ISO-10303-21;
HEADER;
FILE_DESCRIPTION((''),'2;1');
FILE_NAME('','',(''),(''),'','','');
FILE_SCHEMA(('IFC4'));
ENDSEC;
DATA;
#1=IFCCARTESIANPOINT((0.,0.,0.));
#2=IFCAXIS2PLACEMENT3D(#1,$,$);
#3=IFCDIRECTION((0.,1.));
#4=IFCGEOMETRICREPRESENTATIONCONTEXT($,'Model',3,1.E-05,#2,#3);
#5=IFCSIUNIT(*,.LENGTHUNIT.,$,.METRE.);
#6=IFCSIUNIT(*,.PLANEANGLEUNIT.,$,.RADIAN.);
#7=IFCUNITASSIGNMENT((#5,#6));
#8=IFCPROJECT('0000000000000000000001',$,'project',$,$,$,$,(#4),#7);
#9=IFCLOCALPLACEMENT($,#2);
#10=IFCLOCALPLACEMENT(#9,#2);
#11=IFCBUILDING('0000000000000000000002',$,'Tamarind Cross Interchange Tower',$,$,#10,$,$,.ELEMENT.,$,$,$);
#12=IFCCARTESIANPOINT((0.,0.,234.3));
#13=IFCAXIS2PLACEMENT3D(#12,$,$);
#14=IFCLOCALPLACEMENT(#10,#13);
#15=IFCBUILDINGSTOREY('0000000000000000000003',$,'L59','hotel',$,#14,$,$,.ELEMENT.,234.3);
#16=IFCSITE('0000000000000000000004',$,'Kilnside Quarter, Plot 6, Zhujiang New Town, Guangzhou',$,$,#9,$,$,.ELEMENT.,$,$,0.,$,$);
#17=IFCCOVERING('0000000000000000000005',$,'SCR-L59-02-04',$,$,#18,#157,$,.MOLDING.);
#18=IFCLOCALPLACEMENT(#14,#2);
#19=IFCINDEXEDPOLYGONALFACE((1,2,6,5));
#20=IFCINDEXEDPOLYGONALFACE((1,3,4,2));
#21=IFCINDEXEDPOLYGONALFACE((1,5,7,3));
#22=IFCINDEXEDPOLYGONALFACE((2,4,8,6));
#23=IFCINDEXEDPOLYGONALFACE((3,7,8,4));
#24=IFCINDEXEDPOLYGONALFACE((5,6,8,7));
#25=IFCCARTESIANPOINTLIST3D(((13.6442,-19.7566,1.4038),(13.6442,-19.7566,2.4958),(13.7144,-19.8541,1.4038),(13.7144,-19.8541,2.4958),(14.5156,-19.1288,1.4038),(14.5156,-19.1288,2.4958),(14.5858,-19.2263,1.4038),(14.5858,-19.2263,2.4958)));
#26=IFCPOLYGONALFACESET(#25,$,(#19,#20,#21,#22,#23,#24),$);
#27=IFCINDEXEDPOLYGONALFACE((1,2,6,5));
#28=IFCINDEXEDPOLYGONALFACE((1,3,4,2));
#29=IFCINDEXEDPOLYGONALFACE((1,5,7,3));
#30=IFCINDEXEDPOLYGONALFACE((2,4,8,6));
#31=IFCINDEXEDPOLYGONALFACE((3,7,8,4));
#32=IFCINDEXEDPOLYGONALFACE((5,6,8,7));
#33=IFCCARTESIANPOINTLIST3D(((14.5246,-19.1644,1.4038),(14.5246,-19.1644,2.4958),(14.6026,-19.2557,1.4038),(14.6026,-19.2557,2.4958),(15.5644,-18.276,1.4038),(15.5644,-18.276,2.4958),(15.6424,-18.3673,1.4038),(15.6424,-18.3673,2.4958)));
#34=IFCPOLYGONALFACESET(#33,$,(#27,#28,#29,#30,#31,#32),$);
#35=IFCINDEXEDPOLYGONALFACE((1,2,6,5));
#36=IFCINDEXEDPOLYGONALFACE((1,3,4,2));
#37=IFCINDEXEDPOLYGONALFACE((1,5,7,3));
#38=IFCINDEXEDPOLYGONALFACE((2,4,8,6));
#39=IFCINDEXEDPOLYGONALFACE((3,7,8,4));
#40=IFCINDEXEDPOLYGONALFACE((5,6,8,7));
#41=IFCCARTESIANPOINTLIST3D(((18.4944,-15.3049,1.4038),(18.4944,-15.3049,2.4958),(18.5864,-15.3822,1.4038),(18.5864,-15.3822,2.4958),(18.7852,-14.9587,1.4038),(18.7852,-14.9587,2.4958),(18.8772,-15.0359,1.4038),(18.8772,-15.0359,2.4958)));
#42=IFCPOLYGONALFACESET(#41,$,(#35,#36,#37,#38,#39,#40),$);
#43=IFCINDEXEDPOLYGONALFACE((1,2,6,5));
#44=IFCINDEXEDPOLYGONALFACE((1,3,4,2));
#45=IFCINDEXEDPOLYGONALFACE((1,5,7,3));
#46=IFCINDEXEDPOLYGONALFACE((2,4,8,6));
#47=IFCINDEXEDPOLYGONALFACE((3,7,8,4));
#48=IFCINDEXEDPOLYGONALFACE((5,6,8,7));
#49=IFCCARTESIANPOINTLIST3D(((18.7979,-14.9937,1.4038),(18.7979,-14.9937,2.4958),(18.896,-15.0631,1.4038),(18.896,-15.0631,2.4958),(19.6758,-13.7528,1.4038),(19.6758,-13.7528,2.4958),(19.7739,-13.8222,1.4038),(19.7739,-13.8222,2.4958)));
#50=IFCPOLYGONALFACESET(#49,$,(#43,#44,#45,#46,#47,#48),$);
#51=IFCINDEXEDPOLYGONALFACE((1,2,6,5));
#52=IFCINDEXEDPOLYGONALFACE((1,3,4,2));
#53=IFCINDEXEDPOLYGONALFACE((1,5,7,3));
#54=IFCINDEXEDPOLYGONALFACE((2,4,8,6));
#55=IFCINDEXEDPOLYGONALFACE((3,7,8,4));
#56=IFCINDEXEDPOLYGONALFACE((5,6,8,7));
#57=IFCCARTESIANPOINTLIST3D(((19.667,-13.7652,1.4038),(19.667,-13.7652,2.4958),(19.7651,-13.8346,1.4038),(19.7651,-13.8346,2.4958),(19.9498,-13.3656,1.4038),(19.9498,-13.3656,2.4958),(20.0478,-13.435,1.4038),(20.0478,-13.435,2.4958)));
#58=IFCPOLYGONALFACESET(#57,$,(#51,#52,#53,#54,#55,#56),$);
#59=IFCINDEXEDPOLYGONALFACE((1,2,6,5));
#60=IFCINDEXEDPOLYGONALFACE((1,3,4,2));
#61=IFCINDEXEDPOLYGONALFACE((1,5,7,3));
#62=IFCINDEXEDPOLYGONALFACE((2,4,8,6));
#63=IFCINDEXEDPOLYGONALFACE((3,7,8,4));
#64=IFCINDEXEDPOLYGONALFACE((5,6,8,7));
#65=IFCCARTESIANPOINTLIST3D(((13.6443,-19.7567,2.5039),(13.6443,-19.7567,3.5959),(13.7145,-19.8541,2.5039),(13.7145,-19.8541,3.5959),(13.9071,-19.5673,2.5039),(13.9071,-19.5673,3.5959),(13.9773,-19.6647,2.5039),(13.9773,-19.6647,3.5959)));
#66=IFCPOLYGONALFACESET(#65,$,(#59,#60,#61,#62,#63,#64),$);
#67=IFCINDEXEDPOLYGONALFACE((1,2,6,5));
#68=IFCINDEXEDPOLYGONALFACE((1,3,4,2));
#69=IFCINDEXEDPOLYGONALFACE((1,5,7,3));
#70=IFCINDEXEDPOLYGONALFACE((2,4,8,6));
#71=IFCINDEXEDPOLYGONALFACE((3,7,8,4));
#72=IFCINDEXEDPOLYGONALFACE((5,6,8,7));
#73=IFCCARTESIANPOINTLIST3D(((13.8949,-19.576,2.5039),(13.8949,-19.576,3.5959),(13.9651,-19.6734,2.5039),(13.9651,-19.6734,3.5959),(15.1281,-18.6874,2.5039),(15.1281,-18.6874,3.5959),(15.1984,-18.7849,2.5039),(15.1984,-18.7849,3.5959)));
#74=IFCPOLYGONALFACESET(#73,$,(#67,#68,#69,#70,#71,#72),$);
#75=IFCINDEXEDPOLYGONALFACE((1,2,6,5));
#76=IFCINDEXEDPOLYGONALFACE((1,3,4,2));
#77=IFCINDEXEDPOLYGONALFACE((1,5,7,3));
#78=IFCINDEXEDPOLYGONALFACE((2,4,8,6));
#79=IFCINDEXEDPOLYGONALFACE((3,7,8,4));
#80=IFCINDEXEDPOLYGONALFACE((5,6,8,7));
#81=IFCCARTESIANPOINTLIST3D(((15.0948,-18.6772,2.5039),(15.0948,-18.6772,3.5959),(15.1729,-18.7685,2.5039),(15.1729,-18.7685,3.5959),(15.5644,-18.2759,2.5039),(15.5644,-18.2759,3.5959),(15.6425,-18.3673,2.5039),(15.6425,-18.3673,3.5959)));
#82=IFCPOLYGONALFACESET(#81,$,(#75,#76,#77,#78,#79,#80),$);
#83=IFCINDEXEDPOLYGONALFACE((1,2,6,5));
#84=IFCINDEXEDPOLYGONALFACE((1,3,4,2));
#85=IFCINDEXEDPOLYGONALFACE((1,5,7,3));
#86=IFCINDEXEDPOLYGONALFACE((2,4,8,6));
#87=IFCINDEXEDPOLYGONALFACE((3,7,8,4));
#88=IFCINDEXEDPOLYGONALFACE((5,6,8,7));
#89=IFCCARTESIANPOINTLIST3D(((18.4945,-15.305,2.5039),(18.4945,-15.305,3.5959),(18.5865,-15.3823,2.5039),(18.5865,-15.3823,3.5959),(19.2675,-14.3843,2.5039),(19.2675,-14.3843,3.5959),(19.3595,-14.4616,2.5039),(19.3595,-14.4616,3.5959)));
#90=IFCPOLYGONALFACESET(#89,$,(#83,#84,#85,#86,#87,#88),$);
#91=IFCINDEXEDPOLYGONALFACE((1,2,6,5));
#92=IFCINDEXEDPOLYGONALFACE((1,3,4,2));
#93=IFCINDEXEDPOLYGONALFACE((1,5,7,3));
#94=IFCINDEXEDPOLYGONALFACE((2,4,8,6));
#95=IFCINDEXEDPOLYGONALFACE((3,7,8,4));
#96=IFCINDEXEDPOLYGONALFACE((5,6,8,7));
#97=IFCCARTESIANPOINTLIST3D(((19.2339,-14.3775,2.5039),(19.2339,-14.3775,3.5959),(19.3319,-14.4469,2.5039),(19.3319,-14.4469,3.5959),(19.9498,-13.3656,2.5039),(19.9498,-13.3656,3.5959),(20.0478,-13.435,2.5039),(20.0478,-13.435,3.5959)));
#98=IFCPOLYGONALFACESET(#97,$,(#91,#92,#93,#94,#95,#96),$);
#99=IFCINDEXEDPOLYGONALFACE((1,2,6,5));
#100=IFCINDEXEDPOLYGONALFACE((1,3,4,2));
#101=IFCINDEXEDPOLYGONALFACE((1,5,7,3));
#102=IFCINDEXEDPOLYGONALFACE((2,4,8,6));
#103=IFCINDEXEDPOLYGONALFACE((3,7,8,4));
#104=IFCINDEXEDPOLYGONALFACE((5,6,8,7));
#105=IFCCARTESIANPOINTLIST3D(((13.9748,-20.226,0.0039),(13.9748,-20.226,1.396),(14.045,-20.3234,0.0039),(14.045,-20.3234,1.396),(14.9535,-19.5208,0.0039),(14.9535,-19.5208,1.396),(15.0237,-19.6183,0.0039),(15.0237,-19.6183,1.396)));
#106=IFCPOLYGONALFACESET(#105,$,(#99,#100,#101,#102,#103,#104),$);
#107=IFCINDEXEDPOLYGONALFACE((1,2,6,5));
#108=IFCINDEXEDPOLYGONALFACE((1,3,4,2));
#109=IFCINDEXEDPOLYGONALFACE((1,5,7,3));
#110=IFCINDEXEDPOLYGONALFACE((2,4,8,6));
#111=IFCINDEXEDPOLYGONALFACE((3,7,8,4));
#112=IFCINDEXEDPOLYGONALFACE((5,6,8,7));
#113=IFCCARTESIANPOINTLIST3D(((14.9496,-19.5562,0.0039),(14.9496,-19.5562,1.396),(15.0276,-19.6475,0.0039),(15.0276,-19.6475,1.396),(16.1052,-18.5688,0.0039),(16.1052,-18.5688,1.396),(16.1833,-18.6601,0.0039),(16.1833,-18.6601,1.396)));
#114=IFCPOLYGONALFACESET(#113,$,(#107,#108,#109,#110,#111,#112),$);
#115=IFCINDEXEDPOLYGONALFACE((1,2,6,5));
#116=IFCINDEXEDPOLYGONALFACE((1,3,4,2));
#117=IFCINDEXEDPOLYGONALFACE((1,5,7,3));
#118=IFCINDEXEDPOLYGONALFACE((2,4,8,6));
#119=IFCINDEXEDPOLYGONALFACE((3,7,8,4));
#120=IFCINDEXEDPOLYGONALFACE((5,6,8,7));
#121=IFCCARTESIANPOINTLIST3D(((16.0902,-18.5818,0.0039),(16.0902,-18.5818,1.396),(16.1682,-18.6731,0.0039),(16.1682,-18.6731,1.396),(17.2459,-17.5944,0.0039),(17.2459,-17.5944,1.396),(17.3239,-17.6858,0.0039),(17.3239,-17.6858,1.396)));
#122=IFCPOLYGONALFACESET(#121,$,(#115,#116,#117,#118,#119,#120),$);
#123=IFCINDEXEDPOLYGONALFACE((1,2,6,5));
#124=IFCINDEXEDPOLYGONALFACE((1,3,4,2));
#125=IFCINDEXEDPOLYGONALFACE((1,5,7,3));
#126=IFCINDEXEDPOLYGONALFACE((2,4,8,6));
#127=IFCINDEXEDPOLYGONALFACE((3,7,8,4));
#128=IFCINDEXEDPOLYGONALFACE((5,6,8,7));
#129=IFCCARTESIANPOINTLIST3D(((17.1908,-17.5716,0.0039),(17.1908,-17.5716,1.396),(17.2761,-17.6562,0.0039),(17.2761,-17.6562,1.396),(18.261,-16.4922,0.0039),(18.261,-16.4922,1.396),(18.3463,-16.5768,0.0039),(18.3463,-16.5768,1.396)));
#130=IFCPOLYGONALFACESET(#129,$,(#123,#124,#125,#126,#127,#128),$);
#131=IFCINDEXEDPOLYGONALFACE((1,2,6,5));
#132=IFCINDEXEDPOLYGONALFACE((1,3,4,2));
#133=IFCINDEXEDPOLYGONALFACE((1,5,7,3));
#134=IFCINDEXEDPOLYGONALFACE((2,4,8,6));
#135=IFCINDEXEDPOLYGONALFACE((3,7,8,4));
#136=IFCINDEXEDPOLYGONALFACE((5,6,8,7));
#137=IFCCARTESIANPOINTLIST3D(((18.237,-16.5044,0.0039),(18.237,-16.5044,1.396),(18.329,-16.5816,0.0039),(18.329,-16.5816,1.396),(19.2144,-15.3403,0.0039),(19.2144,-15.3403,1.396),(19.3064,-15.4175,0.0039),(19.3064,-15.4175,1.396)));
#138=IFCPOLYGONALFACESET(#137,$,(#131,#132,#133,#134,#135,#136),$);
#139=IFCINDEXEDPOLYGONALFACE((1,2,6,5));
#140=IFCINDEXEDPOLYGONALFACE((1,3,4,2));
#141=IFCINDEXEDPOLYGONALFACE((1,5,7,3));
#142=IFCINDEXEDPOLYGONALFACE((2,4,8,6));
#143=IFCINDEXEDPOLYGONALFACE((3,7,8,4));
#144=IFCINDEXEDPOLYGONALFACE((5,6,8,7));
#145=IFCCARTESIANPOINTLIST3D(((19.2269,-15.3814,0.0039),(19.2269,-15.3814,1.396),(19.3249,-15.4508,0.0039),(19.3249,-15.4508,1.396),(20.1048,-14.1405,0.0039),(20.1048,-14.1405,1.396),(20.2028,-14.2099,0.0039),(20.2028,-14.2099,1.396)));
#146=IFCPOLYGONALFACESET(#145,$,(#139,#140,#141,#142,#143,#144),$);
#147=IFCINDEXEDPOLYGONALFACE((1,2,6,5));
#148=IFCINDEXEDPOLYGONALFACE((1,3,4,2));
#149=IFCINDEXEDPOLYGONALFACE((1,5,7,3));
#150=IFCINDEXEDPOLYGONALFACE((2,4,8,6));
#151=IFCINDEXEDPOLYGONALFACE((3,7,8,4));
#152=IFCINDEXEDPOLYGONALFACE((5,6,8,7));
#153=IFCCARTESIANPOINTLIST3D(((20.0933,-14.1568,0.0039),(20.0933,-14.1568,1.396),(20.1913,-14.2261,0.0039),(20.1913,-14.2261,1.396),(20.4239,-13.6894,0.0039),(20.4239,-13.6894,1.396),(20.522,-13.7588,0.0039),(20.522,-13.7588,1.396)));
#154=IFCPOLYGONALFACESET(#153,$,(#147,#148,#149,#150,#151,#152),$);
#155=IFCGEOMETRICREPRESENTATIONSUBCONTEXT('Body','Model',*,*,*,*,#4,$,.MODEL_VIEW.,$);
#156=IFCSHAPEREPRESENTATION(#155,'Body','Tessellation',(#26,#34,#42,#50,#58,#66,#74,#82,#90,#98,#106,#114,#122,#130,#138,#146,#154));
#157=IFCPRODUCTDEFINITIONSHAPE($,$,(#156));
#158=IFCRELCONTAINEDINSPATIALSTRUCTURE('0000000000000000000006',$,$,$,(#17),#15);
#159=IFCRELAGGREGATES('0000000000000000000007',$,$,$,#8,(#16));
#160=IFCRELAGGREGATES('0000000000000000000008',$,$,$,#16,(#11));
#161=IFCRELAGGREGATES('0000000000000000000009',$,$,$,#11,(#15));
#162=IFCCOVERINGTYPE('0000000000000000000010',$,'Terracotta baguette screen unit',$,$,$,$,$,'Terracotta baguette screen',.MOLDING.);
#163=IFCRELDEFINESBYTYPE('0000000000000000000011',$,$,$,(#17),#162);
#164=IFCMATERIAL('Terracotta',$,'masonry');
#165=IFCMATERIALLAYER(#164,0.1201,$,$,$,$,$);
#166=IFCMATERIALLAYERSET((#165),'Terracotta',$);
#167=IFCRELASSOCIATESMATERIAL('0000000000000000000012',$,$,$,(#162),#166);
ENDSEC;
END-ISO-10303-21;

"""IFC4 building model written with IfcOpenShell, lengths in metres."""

from ifc_helpers import new_model, si_unit, direction, frame, origin, origin_2d, place, context, subcontext, project, spatial, rectangle, extrude, material, layer, layer_set, type_object, element, save


model = new_model("IFC4")

# Units and contexts
model_context = context("Model", 3, precision=1e-05, world=origin(), true_north=direction((0.0, 1.0)))
body_context = subcontext(model_context, "Body", "Model", "MODEL_VIEW")
ifc_project = project(units=[si_unit("LENGTHUNIT", "METRE"), si_unit("PLANEANGLEUNIT", "RADIAN")], contexts=[model_context])

# Site, building, storey
site_placement = place(None, origin())
site = spatial("IfcSite", under=ifc_project, at=site_placement, Name="Kilnside Quarter, Plot 6, Zhujiang New Town, Guangzhou", CompositionType="ELEMENT", RefElevation=0.0)
building_placement = place(site_placement, origin())
building = spatial("IfcBuilding", under=site, at=building_placement, Name="Tamarind Cross Interchange Tower", CompositionType="ELEMENT")
storey_placement = place(building_placement, frame((0.0, 0.0, 234.3)))
storey = spatial("IfcBuildingStorey", under=building, at=storey_placement, Name="L59", Description="hotel", CompositionType="ELEMENT", Elevation=234.3)

# Covering
ifc_material_1 = material(Name="Terracotta", Category="masonry")
ifc_layer_1 = layer(ifc_material_1, 0.1201)
ifc_layer_set_1 = layer_set([ifc_layer_1], Name="Terracotta")
covering_type = type_object("IfcCoveringType", Name="Terracotta baguette screen unit", ElementType="Terracotta baguette screen", PredefinedType="MOLDING", material=ifc_layer_set_1)
covering_1_placement = place(storey_placement, origin())
element("IfcCovering", 1, at=covering_1_placement, inside=storey, type_object=covering_type, Name="SCR-L59-02-04", PredefinedType="MOLDING", context=body_context, shape_type="SweptSolid", body=[
    extrude(rectangle(XDim=1.074, YDim=0.1201, at=origin_2d()), frame((14.115, -19.4915, 1.4038), z_axis=(0.0, 0.0, 1.0), x_axis=(0.81134, 0.584574, 0.0)), (0.0, 0.0, 1.0), 1.092),
    extrude(rectangle(XDim=1.3677, YDim=0.1201, at=origin_2d()), frame((15.0835, -18.7659, 1.4038), z_axis=(0.0, 0.0, 1.0), x_axis=(0.760296, 0.649577, 0.0)), (0.0, 0.0, 1.0), 1.092),
    extrude(rectangle(XDim=0.4521, YDim=0.1201, at=origin_2d()), frame((18.6858, -15.1704, 1.4038), z_axis=(0.0, 0.0, 1.0), x_axis=(0.643009, 0.765858, 0.0)), (0.0, 0.0, 1.0), 1.092),
    extrude(rectangle(XDim=1.52, YDim=0.1201, at=origin_2d()), frame((19.2859, -14.408, 1.4038), z_axis=(0.0, 0.0, 1.0), x_axis=(0.577569, 0.816342, 0.0)), (0.0, 0.0, 1.0), 1.092),
    extrude(rectangle(XDim=0.4895, YDim=0.1201, at=origin_2d()), frame((19.8574, -13.6001, 1.4038), z_axis=(0.0, 0.0, 1.0), x_axis=(0.577569, 0.816342, 0.0)), (0.0, 0.0, 1.0), 1.092),
    extrude(rectangle(XDim=0.324, YDim=0.1201, at=origin_2d()), frame((13.8108, -19.7107, 2.5039), z_axis=(0.0, 0.0, 1.0), x_axis=(0.81134, 0.584574, 0.0)), (0.0, 0.0, 1.0), 1.092),
    extrude(rectangle(XDim=1.52, YDim=0.1201, at=origin_2d()), frame((14.5466, -19.1804, 2.5039), z_axis=(0.0, 0.0, 1.0), x_axis=(0.81134, 0.584574, 0.0)), (0.0, 0.0, 1.0), 1.092),
    extrude(rectangle(XDim=0.6177, YDim=0.1201, at=origin_2d()), frame((15.3687, -18.5222, 2.5039), z_axis=(0.0, 0.0, 1.0), x_axis=(0.760296, 0.649577, 0.0)), (0.0, 0.0, 1.0), 1.092),
    extrude(rectangle(XDim=1.2021, YDim=0.1201, at=origin_2d()), frame((18.927, -14.8833, 2.5039), z_axis=(0.0, 0.0, 1.0), x_axis=(0.643009, 0.765858, 0.0)), (0.0, 0.0, 1.0), 1.092),
    extrude(rectangle(XDim=1.2395, YDim=0.1201, at=origin_2d()), frame((19.6409, -13.9062, 2.5039), z_axis=(0.0, 0.0, 1.0), x_axis=(0.577569, 0.816342, 0.0)), (0.0, 0.0, 1.0), 1.092),
    extrude(rectangle(XDim=1.2063, YDim=0.1201, at=origin_2d()), frame((14.4993, -19.9221, 0.0039), z_axis=(0.0, 0.0, 1.0), x_axis=(0.81134, 0.584574, 0.0)), (0.0, 0.0, 1.0), 1.3921),
    extrude(rectangle(XDim=1.52, YDim=0.1201, at=origin_2d()), frame((15.5664, -19.1082, 0.0039), z_axis=(0.0, 0.0, 1.0), x_axis=(0.760296, 0.649577, 0.0)), (0.0, 0.0, 1.0), 1.3921),
    extrude(rectangle(XDim=1.52, YDim=0.1201, at=origin_2d()), frame((16.707, -18.1338, 0.0039), z_axis=(0.0, 0.0, 1.0), x_axis=(0.760296, 0.649577, 0.0)), (0.0, 0.0, 1.0), 1.3921),
    extrude(rectangle(XDim=1.52, YDim=0.1201, at=origin_2d()), frame((17.7686, -17.0742, 0.0039), z_axis=(0.0, 0.0, 1.0), x_axis=(0.704057, 0.710143, 0.0)), (0.0, 0.0, 1.0), 1.3921),
    extrude(rectangle(XDim=1.52, YDim=0.1201, at=origin_2d()), frame((18.7717, -15.9609, 0.0039), z_axis=(0.0, 0.0, 1.0), x_axis=(0.643009, 0.765858, 0.0)), (0.0, 0.0, 1.0), 1.3921),
    extrude(rectangle(XDim=1.52, YDim=0.1201, at=origin_2d()), frame((19.7148, -14.7957, 0.0039), z_axis=(0.0, 0.0, 1.0), x_axis=(0.577569, 0.816342, 0.0)), (0.0, 0.0, 1.0), 1.3921),
    extrude(rectangle(XDim=0.5725, YDim=0.1201, at=origin_2d()), frame((20.3076, -13.9578, 0.0039), z_axis=(0.0, 0.0, 1.0), x_axis=(0.577569, 0.816342, 0.0)), (0.0, 0.0, 1.0), 1.3921),
])

save(model, "model.ifc")
